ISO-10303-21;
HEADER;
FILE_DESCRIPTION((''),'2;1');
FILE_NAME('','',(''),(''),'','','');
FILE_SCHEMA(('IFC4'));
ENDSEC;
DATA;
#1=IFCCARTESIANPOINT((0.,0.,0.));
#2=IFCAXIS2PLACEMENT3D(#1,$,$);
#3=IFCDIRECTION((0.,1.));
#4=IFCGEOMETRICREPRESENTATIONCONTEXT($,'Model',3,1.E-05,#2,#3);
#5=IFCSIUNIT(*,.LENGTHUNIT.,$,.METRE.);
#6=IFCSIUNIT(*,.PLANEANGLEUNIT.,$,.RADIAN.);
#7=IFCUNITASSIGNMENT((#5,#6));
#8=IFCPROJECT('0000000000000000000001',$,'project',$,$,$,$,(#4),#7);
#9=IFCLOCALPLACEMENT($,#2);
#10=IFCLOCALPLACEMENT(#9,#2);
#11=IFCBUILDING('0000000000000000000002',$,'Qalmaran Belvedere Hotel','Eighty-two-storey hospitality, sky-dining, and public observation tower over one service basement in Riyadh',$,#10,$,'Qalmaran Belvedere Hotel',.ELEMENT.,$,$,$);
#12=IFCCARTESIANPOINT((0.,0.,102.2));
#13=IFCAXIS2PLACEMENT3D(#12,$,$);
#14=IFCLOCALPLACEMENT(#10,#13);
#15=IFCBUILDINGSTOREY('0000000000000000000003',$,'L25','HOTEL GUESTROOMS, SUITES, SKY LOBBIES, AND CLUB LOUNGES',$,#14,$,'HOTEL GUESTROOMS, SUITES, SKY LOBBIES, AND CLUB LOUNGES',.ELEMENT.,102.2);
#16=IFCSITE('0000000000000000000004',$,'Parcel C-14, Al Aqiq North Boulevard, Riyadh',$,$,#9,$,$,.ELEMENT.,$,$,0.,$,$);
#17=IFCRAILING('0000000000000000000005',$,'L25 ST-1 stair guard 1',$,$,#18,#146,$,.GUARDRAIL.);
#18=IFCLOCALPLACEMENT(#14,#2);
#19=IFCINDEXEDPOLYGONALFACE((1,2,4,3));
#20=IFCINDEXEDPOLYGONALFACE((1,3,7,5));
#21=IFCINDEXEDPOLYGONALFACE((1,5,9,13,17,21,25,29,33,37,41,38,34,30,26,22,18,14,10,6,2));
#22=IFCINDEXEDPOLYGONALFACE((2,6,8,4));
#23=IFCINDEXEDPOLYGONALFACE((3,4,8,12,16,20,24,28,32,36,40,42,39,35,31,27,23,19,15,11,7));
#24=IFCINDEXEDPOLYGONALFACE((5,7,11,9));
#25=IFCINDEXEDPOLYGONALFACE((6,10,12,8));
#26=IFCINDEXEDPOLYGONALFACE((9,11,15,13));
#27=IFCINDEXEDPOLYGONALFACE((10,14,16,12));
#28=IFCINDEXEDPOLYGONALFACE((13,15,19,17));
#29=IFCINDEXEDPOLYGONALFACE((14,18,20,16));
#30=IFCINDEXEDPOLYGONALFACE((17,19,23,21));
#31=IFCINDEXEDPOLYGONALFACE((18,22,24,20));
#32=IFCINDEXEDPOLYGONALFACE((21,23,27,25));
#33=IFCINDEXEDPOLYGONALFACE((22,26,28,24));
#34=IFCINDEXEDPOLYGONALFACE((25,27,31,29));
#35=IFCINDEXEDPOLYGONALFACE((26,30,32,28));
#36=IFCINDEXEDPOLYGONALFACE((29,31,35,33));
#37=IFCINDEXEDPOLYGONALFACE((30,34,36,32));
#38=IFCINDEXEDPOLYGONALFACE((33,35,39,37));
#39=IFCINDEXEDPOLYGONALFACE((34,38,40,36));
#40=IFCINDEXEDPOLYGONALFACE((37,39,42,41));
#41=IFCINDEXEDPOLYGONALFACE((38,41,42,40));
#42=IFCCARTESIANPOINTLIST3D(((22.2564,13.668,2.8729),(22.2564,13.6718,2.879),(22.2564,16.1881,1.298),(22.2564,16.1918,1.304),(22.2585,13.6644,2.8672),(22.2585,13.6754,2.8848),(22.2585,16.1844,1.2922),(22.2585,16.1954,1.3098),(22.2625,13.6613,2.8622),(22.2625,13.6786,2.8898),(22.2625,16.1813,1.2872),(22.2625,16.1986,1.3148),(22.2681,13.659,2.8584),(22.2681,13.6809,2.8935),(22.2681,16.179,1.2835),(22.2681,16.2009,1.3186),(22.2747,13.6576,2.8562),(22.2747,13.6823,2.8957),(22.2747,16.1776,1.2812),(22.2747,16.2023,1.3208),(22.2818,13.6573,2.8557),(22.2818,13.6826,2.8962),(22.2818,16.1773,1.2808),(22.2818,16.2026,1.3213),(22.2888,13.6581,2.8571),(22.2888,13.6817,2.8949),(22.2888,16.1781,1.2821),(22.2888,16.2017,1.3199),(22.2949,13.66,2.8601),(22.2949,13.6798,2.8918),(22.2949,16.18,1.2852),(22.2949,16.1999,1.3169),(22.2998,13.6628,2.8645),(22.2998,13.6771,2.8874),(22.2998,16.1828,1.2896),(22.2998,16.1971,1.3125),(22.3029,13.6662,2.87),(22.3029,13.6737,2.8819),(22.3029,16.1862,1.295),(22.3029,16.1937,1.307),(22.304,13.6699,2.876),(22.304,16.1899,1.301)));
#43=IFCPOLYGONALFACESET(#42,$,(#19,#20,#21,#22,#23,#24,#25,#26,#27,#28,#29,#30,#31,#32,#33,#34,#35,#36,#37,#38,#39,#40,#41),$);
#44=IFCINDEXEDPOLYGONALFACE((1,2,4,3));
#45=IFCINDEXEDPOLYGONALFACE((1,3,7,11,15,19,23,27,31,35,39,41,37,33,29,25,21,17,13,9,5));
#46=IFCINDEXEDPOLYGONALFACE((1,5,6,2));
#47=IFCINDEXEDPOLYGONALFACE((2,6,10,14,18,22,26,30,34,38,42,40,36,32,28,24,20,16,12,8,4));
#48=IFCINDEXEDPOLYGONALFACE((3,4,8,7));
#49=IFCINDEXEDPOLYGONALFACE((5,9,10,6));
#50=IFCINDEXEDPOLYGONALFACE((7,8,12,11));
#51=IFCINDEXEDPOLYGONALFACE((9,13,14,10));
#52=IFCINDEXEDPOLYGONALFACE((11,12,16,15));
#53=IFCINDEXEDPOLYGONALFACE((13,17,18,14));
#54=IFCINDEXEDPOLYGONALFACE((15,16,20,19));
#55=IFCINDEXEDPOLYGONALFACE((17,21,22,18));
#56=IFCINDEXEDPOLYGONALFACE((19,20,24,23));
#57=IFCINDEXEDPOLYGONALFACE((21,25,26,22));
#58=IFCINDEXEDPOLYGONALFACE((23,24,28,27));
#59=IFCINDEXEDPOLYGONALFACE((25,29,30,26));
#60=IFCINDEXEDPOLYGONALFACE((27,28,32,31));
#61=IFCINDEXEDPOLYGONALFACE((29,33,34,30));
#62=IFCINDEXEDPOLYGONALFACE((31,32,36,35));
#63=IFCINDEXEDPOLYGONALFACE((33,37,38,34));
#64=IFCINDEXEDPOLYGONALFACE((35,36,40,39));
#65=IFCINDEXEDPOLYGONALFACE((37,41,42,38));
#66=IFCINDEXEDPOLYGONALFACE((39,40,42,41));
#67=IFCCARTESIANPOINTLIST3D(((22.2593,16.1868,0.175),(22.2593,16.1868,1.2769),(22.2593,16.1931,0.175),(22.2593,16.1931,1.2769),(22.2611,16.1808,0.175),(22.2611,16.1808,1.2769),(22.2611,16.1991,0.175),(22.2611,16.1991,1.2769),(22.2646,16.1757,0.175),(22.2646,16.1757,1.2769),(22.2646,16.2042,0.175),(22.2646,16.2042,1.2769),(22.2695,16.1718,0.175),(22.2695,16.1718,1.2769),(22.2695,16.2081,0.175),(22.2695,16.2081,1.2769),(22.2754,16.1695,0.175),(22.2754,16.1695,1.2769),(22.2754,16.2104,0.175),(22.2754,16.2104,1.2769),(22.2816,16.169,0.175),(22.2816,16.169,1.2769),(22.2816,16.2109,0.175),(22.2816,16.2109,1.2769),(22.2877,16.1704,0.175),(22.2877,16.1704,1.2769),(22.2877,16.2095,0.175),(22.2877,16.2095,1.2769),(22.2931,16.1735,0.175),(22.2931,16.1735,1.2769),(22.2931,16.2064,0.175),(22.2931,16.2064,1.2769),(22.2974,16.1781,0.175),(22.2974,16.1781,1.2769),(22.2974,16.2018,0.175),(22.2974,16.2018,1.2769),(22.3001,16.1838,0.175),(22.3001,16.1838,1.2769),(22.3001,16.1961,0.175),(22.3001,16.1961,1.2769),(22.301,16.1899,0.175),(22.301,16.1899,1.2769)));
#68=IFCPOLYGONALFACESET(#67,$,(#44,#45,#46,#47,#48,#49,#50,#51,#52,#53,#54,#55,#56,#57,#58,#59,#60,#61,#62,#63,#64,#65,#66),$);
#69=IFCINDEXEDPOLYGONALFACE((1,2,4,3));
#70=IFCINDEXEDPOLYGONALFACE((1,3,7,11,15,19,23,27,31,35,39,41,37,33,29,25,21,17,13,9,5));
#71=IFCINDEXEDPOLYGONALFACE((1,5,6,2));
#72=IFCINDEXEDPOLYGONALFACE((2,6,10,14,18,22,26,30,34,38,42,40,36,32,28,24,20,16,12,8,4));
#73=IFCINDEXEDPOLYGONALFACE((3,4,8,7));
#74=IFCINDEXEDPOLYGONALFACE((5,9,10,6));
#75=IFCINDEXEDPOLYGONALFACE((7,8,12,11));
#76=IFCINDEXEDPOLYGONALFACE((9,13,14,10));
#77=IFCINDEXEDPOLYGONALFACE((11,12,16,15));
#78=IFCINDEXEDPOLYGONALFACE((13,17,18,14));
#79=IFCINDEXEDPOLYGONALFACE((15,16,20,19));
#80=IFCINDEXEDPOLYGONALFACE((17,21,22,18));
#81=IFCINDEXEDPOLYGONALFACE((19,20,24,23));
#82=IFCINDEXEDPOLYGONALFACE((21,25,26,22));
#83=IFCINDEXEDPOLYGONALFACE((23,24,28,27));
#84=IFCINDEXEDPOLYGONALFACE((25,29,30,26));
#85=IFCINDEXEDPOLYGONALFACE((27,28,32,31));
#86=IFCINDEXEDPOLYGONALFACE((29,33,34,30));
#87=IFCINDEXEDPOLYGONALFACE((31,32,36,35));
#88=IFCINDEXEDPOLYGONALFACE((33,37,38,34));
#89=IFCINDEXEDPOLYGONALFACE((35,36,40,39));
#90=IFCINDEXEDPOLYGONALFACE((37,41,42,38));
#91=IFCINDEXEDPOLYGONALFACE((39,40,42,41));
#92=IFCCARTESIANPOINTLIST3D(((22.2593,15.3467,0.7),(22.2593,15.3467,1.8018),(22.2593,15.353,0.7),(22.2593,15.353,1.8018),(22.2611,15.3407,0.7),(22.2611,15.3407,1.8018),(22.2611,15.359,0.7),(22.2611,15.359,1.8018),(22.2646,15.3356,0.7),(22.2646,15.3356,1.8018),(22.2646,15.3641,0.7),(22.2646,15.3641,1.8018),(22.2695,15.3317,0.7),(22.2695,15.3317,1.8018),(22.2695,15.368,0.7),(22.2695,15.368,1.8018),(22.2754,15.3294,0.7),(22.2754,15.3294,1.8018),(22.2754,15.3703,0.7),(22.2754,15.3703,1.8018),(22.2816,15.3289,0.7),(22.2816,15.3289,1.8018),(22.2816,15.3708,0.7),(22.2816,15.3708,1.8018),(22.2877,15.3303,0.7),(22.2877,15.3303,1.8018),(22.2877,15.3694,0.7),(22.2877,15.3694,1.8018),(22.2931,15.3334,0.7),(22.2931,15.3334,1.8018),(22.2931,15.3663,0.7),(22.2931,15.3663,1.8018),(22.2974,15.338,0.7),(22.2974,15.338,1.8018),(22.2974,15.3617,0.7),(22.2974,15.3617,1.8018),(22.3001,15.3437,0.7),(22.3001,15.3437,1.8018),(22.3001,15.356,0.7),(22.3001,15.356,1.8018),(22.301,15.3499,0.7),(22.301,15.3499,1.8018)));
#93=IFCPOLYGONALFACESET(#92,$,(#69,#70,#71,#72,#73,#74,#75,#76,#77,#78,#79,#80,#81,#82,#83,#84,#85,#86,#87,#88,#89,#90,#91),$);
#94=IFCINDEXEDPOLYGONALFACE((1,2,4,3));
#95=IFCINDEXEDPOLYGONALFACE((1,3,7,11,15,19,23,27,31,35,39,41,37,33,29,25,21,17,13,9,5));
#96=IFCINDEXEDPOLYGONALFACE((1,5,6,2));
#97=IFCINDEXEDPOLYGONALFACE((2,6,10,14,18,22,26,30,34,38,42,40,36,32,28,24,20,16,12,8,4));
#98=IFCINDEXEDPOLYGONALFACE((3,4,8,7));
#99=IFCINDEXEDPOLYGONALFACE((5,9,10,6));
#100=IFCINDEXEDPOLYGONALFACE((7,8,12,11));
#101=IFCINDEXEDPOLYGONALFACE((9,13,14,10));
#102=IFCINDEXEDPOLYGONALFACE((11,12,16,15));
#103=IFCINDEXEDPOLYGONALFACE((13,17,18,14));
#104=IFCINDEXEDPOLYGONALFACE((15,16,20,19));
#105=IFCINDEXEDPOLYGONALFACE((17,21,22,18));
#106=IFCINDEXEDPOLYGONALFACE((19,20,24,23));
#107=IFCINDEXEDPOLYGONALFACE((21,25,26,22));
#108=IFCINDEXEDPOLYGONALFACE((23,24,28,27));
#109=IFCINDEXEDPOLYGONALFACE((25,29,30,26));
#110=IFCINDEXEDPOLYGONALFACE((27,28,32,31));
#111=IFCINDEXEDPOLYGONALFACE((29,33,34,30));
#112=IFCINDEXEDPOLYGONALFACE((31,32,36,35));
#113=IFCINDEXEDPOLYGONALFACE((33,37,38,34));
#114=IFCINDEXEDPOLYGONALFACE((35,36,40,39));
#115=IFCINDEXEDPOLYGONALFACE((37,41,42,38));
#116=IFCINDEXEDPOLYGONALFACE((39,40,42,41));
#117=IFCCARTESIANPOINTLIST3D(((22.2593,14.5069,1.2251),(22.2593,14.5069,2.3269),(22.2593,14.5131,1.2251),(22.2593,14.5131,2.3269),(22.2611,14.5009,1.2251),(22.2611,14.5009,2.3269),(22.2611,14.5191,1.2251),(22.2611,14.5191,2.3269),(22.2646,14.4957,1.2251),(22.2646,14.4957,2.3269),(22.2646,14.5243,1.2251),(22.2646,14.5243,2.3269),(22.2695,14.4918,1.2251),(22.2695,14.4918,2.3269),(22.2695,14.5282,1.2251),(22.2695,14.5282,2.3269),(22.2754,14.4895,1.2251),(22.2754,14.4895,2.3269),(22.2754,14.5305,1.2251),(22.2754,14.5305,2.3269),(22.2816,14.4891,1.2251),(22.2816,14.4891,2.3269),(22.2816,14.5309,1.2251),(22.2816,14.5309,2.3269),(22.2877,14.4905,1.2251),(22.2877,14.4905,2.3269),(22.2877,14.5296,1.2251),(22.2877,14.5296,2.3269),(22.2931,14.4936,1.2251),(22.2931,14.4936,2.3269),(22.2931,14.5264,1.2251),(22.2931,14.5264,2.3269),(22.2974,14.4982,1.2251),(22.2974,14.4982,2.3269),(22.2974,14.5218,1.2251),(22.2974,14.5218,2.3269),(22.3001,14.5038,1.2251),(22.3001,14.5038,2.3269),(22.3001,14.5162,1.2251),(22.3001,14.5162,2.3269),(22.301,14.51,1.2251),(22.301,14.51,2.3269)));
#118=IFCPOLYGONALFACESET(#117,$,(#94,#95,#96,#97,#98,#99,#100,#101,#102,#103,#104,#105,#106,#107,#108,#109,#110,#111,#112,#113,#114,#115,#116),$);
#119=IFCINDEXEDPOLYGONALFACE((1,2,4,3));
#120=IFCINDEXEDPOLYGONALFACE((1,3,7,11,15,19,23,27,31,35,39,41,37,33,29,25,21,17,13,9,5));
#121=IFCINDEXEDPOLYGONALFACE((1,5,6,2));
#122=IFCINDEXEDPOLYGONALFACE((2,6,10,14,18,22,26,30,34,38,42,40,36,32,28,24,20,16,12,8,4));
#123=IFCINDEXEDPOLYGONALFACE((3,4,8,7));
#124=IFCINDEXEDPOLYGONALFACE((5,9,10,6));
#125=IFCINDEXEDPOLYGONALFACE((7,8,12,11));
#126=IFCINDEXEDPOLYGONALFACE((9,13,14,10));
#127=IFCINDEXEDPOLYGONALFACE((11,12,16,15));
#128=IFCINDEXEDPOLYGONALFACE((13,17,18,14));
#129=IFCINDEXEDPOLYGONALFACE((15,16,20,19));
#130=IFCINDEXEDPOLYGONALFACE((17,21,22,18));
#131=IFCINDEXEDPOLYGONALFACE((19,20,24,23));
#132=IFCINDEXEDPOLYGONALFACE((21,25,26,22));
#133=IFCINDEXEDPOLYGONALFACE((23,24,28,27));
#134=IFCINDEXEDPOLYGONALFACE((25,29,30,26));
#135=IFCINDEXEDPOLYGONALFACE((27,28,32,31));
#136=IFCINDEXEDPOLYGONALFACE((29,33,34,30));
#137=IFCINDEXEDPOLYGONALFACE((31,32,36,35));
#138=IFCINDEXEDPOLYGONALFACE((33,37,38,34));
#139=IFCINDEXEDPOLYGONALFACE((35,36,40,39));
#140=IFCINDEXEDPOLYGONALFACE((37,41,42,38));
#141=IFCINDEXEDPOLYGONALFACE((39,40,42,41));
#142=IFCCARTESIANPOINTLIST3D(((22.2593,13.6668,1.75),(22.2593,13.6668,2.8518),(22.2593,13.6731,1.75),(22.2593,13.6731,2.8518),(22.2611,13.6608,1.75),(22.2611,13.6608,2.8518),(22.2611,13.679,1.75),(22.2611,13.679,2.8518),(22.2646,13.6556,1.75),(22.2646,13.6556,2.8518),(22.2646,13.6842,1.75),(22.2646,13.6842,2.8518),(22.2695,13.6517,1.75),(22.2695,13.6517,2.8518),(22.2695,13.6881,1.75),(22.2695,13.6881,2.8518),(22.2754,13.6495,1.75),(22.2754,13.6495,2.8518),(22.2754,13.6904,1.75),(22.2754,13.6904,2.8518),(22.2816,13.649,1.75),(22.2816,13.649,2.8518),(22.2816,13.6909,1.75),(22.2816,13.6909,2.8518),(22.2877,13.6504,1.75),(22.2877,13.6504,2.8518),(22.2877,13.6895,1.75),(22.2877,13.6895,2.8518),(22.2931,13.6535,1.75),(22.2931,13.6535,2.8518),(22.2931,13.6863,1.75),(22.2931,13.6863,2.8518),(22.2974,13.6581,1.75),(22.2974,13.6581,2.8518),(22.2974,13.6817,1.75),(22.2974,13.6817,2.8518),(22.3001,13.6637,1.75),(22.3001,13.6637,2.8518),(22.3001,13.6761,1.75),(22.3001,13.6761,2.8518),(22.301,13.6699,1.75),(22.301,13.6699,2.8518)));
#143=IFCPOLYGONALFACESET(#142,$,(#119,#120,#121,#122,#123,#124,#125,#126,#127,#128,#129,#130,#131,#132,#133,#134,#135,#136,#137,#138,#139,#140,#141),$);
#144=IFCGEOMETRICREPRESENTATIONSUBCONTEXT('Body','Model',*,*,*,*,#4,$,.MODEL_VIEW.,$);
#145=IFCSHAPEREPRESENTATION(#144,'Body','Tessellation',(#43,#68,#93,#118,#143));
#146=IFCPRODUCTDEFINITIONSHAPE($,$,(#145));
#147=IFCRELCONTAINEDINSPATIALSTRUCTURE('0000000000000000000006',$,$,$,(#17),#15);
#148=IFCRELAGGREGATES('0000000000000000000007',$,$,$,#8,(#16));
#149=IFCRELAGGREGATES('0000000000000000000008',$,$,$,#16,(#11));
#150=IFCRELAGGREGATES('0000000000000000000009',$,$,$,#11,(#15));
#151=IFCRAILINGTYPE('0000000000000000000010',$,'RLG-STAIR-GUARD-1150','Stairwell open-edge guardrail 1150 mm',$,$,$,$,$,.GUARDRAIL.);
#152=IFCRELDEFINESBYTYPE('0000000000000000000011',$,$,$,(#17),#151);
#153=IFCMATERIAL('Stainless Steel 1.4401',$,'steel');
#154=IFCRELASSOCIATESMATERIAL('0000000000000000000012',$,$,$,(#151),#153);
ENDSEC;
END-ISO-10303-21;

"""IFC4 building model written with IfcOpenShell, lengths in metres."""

from ifc_helpers import new_model, si_unit, direction, frame, origin, origin_2d, place, context, subcontext, project, spatial, circle, extrude, material, type_object, element, save


model = new_model("IFC4")

# Units and contexts
model_context = context("Model", 3, precision=1e-05, world=origin(), true_north=direction((0.0, 1.0)))
body_context = subcontext(model_context, "Body", "Model", "MODEL_VIEW")
ifc_project = project(units=[si_unit("LENGTHUNIT", "METRE"), si_unit("PLANEANGLEUNIT", "RADIAN")], contexts=[model_context])

# Site, building, storey
site_placement = place(None, origin())
site = spatial("IfcSite", under=ifc_project, at=site_placement, Name="Parcel C-14, Al Aqiq North Boulevard, Riyadh", CompositionType="ELEMENT", RefElevation=0.0)
building_placement = place(site_placement, origin())
building = spatial("IfcBuilding", under=site, at=building_placement, Name="Qalmaran Belvedere Hotel", Description="Eighty-two-storey hospitality, sky-dining, and public observation tower over one service basement in Riyadh", LongName="Qalmaran Belvedere Hotel", CompositionType="ELEMENT")
storey_placement = place(building_placement, frame((0.0, 0.0, 102.2)))
storey = spatial("IfcBuildingStorey", under=building, at=storey_placement, Name="L25", Description="HOTEL GUESTROOMS, SUITES, SKY LOBBIES, AND CLUB LOUNGES", LongName="HOTEL GUESTROOMS, SUITES, SKY LOBBIES, AND CLUB LOUNGES", CompositionType="ELEMENT", Elevation=102.2)

# Shared definitions
ifc_material_1 = material(Name="Stainless Steel 1.4401", Category="steel")

# Railing
railing_type_1 = type_object("IfcRailingType", Name="RLG-STAIR-GUARD-1150", Description="Stairwell open-edge guardrail 1150 mm", PredefinedType="GUARDRAIL", material=ifc_material_1)
railing_1_placement = place(storey_placement, frame((22.28, 16.1899, 0.175)))
element("IfcRailing", 1, at=railing_1_placement, inside=storey, type_object=railing_type_1, Name="L25 ST-1 stair guard 1", PredefinedType="GUARDRAIL", context=body_context, shape_type="SweptSolid", body=[
    extrude(circle(Radius=0.0239, at=origin_2d()), frame((0.0, 0.0, 1.126), z_axis=(0.0, -0.848008, 0.529984), x_axis=(1.0, 0.0, 0.0)), (0.0, 0.0, 1.0), 2.9717),
    extrude(circle(Radius=0.021, at=origin_2d()), origin(), (0.0, 0.0, 1.0), 1.1018),
    extrude(circle(Radius=0.021, at=origin_2d()), frame((0.0, -0.8401, 0.5249)), (0.0, 0.0, 1.0), 1.1018),
    extrude(circle(Radius=0.021, at=origin_2d()), frame((0.0, -1.6799, 1.05)), (0.0, 0.0, 1.0), 1.1018),
    extrude(circle(Radius=0.021, at=origin_2d()), frame((0.0, -2.52, 1.575)), (0.0, 0.0, 1.0), 1.1018),
])

save(model, "model.ifc")
